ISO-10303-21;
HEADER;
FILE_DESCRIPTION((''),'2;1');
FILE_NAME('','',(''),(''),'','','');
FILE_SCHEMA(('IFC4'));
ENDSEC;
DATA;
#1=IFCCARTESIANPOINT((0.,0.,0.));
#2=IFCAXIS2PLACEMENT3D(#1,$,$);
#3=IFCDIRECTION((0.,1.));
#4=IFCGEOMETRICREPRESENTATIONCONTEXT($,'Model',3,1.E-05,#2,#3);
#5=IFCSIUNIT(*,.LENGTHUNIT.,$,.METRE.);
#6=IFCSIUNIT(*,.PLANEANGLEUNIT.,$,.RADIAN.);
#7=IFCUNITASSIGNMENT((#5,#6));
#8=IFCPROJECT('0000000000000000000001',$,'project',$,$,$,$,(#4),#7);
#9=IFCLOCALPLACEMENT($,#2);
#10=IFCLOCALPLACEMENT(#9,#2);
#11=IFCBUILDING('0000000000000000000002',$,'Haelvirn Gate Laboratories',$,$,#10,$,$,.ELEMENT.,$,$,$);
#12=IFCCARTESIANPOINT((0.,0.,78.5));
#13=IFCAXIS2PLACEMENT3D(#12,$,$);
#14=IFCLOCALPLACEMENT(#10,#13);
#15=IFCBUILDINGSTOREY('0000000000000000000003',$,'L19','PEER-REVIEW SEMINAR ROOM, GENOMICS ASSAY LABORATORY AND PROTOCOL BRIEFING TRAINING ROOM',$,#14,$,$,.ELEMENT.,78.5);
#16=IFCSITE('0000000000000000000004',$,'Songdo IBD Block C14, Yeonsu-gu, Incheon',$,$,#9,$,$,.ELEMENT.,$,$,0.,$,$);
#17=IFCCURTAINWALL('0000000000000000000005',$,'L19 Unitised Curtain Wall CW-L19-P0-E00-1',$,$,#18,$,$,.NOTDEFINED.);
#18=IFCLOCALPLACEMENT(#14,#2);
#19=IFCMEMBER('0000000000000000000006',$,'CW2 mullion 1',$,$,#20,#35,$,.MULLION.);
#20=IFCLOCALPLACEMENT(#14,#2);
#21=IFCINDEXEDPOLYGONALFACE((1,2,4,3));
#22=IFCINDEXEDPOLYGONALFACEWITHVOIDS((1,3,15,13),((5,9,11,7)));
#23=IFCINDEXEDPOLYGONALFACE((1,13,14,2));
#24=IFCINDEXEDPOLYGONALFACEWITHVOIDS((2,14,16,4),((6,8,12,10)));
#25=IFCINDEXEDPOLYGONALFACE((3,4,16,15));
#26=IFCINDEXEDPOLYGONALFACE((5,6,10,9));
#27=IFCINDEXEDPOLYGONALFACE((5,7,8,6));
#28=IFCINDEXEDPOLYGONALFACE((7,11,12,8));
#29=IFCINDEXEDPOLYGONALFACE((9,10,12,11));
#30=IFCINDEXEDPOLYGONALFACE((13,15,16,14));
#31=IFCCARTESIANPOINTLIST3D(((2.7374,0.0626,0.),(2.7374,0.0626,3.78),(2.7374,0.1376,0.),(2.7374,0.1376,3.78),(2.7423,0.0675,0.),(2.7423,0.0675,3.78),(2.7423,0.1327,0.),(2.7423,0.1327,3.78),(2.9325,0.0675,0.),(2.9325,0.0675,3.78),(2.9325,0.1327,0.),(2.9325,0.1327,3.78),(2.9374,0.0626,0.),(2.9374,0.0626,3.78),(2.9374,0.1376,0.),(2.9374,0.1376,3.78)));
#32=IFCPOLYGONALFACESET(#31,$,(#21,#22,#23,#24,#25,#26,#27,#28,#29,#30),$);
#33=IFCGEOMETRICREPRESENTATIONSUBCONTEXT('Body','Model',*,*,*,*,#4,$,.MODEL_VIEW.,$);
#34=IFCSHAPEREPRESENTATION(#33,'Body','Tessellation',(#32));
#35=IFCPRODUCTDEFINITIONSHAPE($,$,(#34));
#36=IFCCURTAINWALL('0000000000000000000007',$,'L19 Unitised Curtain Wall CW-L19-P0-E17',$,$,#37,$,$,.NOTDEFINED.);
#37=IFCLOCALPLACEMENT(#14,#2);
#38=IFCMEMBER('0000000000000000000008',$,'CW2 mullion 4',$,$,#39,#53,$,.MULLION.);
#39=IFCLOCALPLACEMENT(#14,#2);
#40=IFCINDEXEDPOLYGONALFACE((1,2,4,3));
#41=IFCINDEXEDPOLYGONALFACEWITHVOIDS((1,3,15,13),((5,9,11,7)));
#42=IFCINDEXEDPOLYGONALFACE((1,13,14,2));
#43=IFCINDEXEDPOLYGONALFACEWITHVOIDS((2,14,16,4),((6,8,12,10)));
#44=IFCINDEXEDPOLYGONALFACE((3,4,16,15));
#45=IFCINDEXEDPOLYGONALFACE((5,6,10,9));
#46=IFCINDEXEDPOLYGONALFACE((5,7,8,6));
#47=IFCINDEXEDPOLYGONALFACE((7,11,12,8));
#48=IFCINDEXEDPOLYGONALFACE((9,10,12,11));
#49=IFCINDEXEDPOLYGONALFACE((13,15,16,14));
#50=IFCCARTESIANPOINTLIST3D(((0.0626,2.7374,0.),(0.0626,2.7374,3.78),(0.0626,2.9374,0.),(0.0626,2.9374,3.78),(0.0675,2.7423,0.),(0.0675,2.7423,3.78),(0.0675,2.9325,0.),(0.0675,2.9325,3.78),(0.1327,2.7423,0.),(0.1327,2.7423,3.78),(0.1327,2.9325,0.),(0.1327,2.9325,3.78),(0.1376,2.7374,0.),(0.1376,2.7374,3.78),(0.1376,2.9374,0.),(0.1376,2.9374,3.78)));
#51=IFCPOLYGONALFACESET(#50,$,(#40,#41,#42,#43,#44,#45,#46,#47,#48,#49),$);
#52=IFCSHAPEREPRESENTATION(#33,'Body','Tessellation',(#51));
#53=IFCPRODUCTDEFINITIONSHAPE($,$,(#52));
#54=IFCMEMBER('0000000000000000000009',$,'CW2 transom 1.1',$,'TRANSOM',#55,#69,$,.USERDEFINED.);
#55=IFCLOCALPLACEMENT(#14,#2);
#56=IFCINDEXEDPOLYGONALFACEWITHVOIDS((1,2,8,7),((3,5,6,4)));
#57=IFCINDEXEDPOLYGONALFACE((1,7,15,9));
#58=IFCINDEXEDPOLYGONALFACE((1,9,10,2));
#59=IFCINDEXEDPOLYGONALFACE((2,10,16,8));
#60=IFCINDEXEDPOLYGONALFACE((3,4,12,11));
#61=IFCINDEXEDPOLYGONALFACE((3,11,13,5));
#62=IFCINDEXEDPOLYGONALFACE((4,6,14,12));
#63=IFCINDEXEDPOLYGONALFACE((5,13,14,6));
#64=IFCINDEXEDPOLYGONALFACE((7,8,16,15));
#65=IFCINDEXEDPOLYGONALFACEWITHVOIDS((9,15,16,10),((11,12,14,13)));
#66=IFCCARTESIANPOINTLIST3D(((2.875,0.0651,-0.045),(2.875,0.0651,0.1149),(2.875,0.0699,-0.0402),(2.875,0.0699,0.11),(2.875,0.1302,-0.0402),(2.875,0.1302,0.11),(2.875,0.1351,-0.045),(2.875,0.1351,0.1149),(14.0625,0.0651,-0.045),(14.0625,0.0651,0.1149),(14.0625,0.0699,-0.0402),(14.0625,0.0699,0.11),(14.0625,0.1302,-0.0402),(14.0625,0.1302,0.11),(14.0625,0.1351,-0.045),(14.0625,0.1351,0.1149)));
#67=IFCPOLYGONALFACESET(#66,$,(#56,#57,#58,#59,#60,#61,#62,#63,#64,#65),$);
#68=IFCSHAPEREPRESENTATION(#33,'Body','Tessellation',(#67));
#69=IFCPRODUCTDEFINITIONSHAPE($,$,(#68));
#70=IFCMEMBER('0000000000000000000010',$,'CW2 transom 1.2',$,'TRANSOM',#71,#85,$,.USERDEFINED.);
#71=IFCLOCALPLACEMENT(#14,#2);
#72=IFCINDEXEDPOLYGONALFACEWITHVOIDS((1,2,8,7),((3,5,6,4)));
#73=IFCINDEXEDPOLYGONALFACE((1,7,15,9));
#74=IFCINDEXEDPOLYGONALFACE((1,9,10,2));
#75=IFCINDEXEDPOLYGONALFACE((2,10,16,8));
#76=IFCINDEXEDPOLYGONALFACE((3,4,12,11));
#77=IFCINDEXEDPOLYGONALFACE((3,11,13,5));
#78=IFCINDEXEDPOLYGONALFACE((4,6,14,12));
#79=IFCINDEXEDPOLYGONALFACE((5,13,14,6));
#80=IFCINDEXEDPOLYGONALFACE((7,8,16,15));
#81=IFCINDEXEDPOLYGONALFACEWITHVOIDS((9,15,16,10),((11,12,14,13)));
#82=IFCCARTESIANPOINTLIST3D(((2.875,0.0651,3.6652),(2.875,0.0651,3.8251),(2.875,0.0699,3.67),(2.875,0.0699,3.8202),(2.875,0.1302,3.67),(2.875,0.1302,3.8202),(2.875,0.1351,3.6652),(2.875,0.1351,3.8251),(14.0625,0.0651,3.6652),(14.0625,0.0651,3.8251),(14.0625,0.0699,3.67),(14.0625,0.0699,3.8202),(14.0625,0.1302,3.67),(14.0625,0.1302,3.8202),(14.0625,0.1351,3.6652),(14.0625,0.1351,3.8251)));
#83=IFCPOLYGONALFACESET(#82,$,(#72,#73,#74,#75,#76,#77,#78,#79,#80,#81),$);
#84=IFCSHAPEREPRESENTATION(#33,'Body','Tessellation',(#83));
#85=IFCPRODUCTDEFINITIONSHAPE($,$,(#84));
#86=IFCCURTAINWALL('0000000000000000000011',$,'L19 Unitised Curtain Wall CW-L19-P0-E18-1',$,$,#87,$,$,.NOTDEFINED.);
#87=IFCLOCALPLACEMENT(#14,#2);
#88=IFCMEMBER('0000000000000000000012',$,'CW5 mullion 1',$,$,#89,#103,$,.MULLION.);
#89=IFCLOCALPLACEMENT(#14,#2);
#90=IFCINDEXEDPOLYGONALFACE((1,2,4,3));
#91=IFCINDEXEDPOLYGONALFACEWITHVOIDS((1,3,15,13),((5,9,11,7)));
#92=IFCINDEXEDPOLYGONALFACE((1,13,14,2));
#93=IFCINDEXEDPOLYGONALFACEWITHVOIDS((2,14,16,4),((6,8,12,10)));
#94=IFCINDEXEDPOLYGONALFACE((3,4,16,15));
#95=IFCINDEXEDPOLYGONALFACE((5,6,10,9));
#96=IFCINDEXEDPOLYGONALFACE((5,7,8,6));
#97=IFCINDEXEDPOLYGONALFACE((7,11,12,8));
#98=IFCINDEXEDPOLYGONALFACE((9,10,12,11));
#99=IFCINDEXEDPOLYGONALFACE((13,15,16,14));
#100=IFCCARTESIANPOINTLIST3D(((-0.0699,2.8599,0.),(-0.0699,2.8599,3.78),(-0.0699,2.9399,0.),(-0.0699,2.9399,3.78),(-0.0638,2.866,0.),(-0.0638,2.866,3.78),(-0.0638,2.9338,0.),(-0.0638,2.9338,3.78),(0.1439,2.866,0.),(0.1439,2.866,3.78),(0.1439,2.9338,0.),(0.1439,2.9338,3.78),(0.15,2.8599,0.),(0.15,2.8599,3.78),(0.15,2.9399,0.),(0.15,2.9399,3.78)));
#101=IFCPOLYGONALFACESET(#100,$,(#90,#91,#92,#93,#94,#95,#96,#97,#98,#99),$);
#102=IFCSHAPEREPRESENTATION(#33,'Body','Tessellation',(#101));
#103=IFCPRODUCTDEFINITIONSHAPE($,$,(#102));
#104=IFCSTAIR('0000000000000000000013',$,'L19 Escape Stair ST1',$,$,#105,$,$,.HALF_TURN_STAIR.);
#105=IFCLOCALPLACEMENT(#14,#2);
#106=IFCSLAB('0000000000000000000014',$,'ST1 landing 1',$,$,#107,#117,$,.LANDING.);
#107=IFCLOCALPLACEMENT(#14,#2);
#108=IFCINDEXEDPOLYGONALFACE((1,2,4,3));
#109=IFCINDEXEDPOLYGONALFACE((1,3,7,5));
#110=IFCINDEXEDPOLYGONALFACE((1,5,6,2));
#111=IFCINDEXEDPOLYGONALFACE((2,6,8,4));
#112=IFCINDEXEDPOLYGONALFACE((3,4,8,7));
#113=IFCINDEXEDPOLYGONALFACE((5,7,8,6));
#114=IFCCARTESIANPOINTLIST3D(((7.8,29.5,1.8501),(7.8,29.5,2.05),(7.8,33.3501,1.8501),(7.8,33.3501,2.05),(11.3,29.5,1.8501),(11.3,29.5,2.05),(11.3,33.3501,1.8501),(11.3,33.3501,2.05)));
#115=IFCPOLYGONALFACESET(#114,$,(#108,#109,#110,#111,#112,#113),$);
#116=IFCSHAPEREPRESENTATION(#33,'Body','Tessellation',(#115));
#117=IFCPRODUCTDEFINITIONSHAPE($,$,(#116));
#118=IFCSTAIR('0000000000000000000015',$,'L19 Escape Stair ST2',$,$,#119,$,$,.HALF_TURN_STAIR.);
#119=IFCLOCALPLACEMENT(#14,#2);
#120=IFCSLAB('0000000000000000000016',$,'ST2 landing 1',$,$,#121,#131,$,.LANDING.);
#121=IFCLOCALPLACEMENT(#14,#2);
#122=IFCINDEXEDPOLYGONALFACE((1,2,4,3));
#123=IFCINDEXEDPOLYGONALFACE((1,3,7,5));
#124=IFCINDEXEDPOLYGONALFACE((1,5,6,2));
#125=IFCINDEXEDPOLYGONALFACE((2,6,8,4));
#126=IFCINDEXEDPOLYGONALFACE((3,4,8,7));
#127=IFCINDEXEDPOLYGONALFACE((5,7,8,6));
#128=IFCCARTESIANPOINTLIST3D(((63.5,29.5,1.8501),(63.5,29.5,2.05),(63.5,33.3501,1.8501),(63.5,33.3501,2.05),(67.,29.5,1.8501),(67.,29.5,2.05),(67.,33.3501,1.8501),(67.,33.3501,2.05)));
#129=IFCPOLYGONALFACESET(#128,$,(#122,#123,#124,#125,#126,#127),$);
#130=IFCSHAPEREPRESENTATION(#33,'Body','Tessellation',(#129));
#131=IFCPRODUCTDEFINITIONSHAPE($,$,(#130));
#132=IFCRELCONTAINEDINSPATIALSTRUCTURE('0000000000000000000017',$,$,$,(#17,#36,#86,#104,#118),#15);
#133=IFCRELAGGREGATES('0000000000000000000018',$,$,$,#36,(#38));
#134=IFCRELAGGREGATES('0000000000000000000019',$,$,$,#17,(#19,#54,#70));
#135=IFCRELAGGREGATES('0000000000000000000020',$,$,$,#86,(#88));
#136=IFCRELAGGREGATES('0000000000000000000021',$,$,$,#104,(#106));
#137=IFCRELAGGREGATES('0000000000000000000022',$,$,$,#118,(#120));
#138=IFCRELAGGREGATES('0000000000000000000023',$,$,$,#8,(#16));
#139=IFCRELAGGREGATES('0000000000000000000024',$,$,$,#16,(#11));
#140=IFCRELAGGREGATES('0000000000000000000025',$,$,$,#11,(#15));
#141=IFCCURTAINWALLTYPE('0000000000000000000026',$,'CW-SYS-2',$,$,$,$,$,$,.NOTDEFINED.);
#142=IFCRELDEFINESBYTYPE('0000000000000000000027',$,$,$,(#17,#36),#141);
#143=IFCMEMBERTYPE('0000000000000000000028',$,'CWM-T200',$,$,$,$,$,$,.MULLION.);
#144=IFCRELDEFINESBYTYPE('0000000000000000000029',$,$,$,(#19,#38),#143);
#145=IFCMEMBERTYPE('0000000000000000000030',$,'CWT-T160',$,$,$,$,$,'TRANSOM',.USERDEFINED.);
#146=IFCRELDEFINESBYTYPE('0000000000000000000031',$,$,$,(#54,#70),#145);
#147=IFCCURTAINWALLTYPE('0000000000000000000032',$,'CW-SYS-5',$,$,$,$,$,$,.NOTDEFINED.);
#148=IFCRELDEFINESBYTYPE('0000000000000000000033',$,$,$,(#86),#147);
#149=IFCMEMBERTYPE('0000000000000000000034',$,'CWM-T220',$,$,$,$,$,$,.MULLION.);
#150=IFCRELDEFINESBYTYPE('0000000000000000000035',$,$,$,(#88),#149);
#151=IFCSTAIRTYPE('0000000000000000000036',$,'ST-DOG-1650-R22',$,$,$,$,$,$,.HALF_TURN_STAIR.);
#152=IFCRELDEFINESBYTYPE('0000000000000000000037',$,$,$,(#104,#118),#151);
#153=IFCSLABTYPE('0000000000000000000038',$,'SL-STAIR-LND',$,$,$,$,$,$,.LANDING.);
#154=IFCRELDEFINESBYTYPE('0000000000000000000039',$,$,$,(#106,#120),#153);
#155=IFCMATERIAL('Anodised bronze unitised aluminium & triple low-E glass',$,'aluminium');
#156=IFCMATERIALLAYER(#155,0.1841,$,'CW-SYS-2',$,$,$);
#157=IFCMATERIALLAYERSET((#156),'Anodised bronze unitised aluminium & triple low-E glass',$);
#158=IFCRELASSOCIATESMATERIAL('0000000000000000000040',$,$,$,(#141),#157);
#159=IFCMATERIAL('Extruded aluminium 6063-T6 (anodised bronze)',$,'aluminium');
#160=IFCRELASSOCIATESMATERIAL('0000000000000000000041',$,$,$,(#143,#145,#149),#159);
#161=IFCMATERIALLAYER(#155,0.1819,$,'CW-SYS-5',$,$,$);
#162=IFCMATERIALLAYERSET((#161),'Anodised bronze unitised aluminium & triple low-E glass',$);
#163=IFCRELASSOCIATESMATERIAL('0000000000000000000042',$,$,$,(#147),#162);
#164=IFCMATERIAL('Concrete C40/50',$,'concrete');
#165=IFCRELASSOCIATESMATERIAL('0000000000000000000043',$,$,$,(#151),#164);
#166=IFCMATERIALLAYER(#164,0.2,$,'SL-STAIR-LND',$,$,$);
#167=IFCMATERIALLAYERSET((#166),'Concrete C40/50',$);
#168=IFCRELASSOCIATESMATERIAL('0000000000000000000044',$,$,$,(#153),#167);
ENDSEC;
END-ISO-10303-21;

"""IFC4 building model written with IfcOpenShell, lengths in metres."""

from ifc_helpers import new_model, si_unit, direction, frame, origin, origin_2d, place, context, subcontext, project, spatial, polyline, hollow_rectangle, outline, extrude, source, transform, mapped, material, layer, layer_set, material_profile, profile_set, type_object, type_shapes, element, aggregate, save


model = new_model("IFC4")

# Units and contexts
model_context = context("Model", 3, precision=1e-05, world=origin(), true_north=direction((0.0, 1.0)))
body_context = subcontext(model_context, "Body", "Model", "MODEL_VIEW")
ifc_project = project(units=[si_unit("LENGTHUNIT", "METRE"), si_unit("PLANEANGLEUNIT", "RADIAN")], contexts=[model_context])

# Site, building, storey
site_placement = place(None, origin())
site = spatial("IfcSite", under=ifc_project, at=site_placement, Name="Songdo IBD Block C14, Yeonsu-gu, Incheon", CompositionType="ELEMENT", RefElevation=0.0)
building_placement = place(site_placement, origin())
building = spatial("IfcBuilding", under=site, at=building_placement, Name="Haelvirn Gate Laboratories", CompositionType="ELEMENT")
storey_placement = place(building_placement, frame((0.0, 0.0, 78.5)))
storey = spatial("IfcBuildingStorey", under=building, at=storey_placement, Name="L19", Description="PEER-REVIEW SEMINAR ROOM, GENOMICS ASSAY LABORATORY AND PROTOCOL BRIEFING TRAINING ROOM", CompositionType="ELEMENT", Elevation=78.5)

# Curtain walls, members
ifc_material_1 = material(Name="Anodised bronze unitised aluminium & triple low-E glass", Category="aluminium")
ifc_layer_1 = layer(ifc_material_1, 0.1841, Name="CW-SYS-2")
ifc_layer_set_1 = layer_set([ifc_layer_1], Name="Anodised bronze unitised aluminium & triple low-E glass")
curtain_wall_type_1 = type_object("IfcCurtainWallType", Name="CW-SYS-2", PredefinedType="NOTDEFINED", material=ifc_layer_set_1)
curtain_wall_1_placement = place(storey_placement, origin())
curtain_wall_1 = element("IfcCurtainWall", 1, at=curtain_wall_1_placement, inside=storey, type_object=curtain_wall_type_1, Name="L19 Unitised Curtain Wall CW-L19-P0-E00-1", PredefinedType="NOTDEFINED")
ifc_material_2 = material(Name="Extruded aluminium 6063-T6 (anodised bronze)", Category="aluminium")
ifc_material_profile_1 = material_profile(ifc_material_2, hollow_rectangle(XDim=0.075, YDim=0.2, WallThickness=0.0049, at=origin_2d()), Name="CWM-200x75x5")
ifc_profile_set_1 = profile_set([ifc_material_profile_1], Name="Extruded aluminium 6063-T6 (anodised bronze)")
member_type_1 = type_object("IfcMemberType", Name="CWM-T200", PredefinedType="MULLION", material=ifc_profile_set_1)
shared_shape_1 = source(origin(), body_context, "Body", "SweptSolid", [
    extrude(hollow_rectangle(XDim=0.075, YDim=0.2, WallThickness=0.0049, at=origin_2d()), origin(), (0.0, 0.0, 1.0), 3.78),
])
type_shapes(member_type_1, [shared_shape_1])
member_1_placement = place(storey_placement, frame((2.8374, 0.1001, 0.0), z_axis=(0.0, 0.0, 1.0), x_axis=(0.0, 1.0, 0.0)))
member_1 = element("IfcMember", 2, at=member_1_placement, type_object=member_type_1, Name="CW2 mullion 1", PredefinedType="MULLION", context=body_context, shape_type="MappedRepresentation", body=[
    mapped(shared_shape_1, transform((0.0, 0.0, 0.0), scale=1.0)),
])
curtain_wall_2_placement = place(storey_placement, origin())
curtain_wall_2 = element("IfcCurtainWall", 3, at=curtain_wall_2_placement, inside=storey, type_object=curtain_wall_type_1, Name="L19 Unitised Curtain Wall CW-L19-P0-E17", PredefinedType="NOTDEFINED")
member_2_placement = place(storey_placement, frame((0.1001, 2.8374, 0.0), z_axis=(0.0, 0.0, 1.0), x_axis=(1.0, 0.0, 0.0)))
member_2 = element("IfcMember", 4, at=member_2_placement, type_object=member_type_1, Name="CW2 mullion 4", PredefinedType="MULLION", context=body_context, shape_type="MappedRepresentation", body=[
    mapped(shared_shape_1, transform((0.0, 0.0, 0.0), scale=1.0)),
])
aggregate(curtain_wall_2, [member_2])

# Members
ifc_material_profile_2 = material_profile(ifc_material_2, hollow_rectangle(XDim=0.0701, YDim=0.1599, WallThickness=0.0049, at=origin_2d()), Name="CWT-160x70x5")
ifc_profile_set_2 = profile_set([ifc_material_profile_2], Name="Extruded aluminium 6063-T6 (anodised bronze)")
member_type_2 = type_object("IfcMemberType", Name="CWT-T160", ElementType="TRANSOM", PredefinedType="USERDEFINED", material=ifc_profile_set_2)
shared_shape_2 = source(origin(), body_context, "Body", "SweptSolid", [
    extrude(hollow_rectangle(XDim=0.0701, YDim=0.1599, WallThickness=0.0049, at=origin_2d()), origin(), (0.0, 0.0, 1.0), 11.1875),
])
type_shapes(member_type_2, [shared_shape_2])
member_3_placement = place(storey_placement, frame((2.875, 0.1001, 0.0349), z_axis=(1.0, 0.0, 0.0), x_axis=(0.0, 1.0, 0.0)))
member_3 = element("IfcMember", 5, at=member_3_placement, type_object=member_type_2, Name="CW2 transom 1.1", ObjectType="TRANSOM", PredefinedType="USERDEFINED", context=body_context, shape_type="MappedRepresentation", body=[
    mapped(shared_shape_2, transform((0.0, 0.0, 0.0), scale=1.0)),
])
member_4_placement = place(storey_placement, frame((2.875, 0.1001, 3.7451), z_axis=(1.0, 0.0, 0.0), x_axis=(0.0, 1.0, 0.0)))
member_4 = element("IfcMember", 6, at=member_4_placement, type_object=member_type_2, Name="CW2 transom 1.2", ObjectType="TRANSOM", PredefinedType="USERDEFINED", context=body_context, shape_type="MappedRepresentation", body=[
    mapped(shared_shape_2, transform((0.0, 0.0, 0.0), scale=1.0)),
])
aggregate(curtain_wall_1, [member_1, member_3, member_4])

# Curtain wall, member
ifc_layer_2 = layer(ifc_material_1, 0.1819, Name="CW-SYS-5")
ifc_layer_set_2 = layer_set([ifc_layer_2], Name="Anodised bronze unitised aluminium & triple low-E glass")
curtain_wall_type_2 = type_object("IfcCurtainWallType", Name="CW-SYS-5", PredefinedType="NOTDEFINED", material=ifc_layer_set_2)
curtain_wall_3_placement = place(storey_placement, origin())
curtain_wall_3 = element("IfcCurtainWall", 7, at=curtain_wall_3_placement, inside=storey, type_object=curtain_wall_type_2, Name="L19 Unitised Curtain Wall CW-L19-P0-E18-1", PredefinedType="NOTDEFINED")
ifc_material_profile_3 = material_profile(ifc_material_2, hollow_rectangle(XDim=0.0801, YDim=0.22, WallThickness=0.0061, at=origin_2d()), Name="CWM-220x80x6")
ifc_profile_set_3 = profile_set([ifc_material_profile_3], Name="Extruded aluminium 6063-T6 (anodised bronze)")
member_type_3 = type_object("IfcMemberType", Name="CWM-T220", PredefinedType="MULLION", material=ifc_profile_set_3)
shared_shape_3 = source(origin(), body_context, "Body", "SweptSolid", [
    extrude(hollow_rectangle(XDim=0.0801, YDim=0.22, WallThickness=0.0061, at=origin_2d()), origin(), (0.0, 0.0, 1.0), 3.78),
])
type_shapes(member_type_3, [shared_shape_3])
member_5_placement = place(storey_placement, frame((0.04, 2.8999, 0.0), z_axis=(0.0, 0.0, 1.0), x_axis=(0.0, 1.0, 0.0)))
member_5 = element("IfcMember", 8, at=member_5_placement, type_object=member_type_3, Name="CW5 mullion 1", PredefinedType="MULLION", context=body_context, shape_type="MappedRepresentation", body=[
    mapped(shared_shape_3, transform((0.0, 0.0, 0.0), scale=1.0)),
])
aggregate(curtain_wall_3, [member_5])

# Stairs, slabs
ifc_material_3 = material(Name="Concrete C40/50", Category="concrete")
stair_type = type_object("IfcStairType", Name="ST-DOG-1650-R22", PredefinedType="HALF_TURN_STAIR", material=ifc_material_3)
stair_1_placement = place(storey_placement, origin())
stair_1 = element("IfcStair", 9, at=stair_1_placement, inside=storey, type_object=stair_type, Name="L19 Escape Stair ST1", PredefinedType="HALF_TURN_STAIR")
ifc_layer_3 = layer(ifc_material_3, 0.2, Name="SL-STAIR-LND")
ifc_layer_set_3 = layer_set([ifc_layer_3], Name="Concrete C40/50")
slab_type_1 = type_object("IfcSlabType", Name="SL-STAIR-LND", PredefinedType="LANDING", material=ifc_layer_set_3)
slab_1_placement = place(storey_placement, frame((0.0, 0.0, 1.8501)))
slab_1 = element("IfcSlab", 10, at=slab_1_placement, type_object=slab_type_1, Name="ST1 landing 1", PredefinedType="LANDING", context=body_context, shape_type="SweptSolid", body=[
    extrude(outline(polyline([(11.3, 29.5), (11.3, 33.3501), (7.8, 33.3501), (7.8, 29.5), (11.3, 29.5)])), origin(), (0.0, 0.0, 1.0), 0.2),
])
aggregate(stair_1, [slab_1])
stair_2_placement = place(storey_placement, origin())
stair_2 = element("IfcStair", 11, at=stair_2_placement, inside=storey, type_object=stair_type, Name="L19 Escape Stair ST2", PredefinedType="HALF_TURN_STAIR")
slab_2_placement = place(storey_placement, frame((0.0, 0.0, 1.8501)))
slab_2 = element("IfcSlab", 12, at=slab_2_placement, type_object=slab_type_1, Name="ST2 landing 1", PredefinedType="LANDING", context=body_context, shape_type="SweptSolid", body=[
    extrude(outline(polyline([(67.0, 29.5), (67.0, 33.3501), (63.5, 33.3501), (63.5, 29.5), (67.0, 29.5)])), origin(), (0.0, 0.0, 1.0), 0.2),
])
aggregate(stair_2, [slab_2])

save(model, "model.ifc")
